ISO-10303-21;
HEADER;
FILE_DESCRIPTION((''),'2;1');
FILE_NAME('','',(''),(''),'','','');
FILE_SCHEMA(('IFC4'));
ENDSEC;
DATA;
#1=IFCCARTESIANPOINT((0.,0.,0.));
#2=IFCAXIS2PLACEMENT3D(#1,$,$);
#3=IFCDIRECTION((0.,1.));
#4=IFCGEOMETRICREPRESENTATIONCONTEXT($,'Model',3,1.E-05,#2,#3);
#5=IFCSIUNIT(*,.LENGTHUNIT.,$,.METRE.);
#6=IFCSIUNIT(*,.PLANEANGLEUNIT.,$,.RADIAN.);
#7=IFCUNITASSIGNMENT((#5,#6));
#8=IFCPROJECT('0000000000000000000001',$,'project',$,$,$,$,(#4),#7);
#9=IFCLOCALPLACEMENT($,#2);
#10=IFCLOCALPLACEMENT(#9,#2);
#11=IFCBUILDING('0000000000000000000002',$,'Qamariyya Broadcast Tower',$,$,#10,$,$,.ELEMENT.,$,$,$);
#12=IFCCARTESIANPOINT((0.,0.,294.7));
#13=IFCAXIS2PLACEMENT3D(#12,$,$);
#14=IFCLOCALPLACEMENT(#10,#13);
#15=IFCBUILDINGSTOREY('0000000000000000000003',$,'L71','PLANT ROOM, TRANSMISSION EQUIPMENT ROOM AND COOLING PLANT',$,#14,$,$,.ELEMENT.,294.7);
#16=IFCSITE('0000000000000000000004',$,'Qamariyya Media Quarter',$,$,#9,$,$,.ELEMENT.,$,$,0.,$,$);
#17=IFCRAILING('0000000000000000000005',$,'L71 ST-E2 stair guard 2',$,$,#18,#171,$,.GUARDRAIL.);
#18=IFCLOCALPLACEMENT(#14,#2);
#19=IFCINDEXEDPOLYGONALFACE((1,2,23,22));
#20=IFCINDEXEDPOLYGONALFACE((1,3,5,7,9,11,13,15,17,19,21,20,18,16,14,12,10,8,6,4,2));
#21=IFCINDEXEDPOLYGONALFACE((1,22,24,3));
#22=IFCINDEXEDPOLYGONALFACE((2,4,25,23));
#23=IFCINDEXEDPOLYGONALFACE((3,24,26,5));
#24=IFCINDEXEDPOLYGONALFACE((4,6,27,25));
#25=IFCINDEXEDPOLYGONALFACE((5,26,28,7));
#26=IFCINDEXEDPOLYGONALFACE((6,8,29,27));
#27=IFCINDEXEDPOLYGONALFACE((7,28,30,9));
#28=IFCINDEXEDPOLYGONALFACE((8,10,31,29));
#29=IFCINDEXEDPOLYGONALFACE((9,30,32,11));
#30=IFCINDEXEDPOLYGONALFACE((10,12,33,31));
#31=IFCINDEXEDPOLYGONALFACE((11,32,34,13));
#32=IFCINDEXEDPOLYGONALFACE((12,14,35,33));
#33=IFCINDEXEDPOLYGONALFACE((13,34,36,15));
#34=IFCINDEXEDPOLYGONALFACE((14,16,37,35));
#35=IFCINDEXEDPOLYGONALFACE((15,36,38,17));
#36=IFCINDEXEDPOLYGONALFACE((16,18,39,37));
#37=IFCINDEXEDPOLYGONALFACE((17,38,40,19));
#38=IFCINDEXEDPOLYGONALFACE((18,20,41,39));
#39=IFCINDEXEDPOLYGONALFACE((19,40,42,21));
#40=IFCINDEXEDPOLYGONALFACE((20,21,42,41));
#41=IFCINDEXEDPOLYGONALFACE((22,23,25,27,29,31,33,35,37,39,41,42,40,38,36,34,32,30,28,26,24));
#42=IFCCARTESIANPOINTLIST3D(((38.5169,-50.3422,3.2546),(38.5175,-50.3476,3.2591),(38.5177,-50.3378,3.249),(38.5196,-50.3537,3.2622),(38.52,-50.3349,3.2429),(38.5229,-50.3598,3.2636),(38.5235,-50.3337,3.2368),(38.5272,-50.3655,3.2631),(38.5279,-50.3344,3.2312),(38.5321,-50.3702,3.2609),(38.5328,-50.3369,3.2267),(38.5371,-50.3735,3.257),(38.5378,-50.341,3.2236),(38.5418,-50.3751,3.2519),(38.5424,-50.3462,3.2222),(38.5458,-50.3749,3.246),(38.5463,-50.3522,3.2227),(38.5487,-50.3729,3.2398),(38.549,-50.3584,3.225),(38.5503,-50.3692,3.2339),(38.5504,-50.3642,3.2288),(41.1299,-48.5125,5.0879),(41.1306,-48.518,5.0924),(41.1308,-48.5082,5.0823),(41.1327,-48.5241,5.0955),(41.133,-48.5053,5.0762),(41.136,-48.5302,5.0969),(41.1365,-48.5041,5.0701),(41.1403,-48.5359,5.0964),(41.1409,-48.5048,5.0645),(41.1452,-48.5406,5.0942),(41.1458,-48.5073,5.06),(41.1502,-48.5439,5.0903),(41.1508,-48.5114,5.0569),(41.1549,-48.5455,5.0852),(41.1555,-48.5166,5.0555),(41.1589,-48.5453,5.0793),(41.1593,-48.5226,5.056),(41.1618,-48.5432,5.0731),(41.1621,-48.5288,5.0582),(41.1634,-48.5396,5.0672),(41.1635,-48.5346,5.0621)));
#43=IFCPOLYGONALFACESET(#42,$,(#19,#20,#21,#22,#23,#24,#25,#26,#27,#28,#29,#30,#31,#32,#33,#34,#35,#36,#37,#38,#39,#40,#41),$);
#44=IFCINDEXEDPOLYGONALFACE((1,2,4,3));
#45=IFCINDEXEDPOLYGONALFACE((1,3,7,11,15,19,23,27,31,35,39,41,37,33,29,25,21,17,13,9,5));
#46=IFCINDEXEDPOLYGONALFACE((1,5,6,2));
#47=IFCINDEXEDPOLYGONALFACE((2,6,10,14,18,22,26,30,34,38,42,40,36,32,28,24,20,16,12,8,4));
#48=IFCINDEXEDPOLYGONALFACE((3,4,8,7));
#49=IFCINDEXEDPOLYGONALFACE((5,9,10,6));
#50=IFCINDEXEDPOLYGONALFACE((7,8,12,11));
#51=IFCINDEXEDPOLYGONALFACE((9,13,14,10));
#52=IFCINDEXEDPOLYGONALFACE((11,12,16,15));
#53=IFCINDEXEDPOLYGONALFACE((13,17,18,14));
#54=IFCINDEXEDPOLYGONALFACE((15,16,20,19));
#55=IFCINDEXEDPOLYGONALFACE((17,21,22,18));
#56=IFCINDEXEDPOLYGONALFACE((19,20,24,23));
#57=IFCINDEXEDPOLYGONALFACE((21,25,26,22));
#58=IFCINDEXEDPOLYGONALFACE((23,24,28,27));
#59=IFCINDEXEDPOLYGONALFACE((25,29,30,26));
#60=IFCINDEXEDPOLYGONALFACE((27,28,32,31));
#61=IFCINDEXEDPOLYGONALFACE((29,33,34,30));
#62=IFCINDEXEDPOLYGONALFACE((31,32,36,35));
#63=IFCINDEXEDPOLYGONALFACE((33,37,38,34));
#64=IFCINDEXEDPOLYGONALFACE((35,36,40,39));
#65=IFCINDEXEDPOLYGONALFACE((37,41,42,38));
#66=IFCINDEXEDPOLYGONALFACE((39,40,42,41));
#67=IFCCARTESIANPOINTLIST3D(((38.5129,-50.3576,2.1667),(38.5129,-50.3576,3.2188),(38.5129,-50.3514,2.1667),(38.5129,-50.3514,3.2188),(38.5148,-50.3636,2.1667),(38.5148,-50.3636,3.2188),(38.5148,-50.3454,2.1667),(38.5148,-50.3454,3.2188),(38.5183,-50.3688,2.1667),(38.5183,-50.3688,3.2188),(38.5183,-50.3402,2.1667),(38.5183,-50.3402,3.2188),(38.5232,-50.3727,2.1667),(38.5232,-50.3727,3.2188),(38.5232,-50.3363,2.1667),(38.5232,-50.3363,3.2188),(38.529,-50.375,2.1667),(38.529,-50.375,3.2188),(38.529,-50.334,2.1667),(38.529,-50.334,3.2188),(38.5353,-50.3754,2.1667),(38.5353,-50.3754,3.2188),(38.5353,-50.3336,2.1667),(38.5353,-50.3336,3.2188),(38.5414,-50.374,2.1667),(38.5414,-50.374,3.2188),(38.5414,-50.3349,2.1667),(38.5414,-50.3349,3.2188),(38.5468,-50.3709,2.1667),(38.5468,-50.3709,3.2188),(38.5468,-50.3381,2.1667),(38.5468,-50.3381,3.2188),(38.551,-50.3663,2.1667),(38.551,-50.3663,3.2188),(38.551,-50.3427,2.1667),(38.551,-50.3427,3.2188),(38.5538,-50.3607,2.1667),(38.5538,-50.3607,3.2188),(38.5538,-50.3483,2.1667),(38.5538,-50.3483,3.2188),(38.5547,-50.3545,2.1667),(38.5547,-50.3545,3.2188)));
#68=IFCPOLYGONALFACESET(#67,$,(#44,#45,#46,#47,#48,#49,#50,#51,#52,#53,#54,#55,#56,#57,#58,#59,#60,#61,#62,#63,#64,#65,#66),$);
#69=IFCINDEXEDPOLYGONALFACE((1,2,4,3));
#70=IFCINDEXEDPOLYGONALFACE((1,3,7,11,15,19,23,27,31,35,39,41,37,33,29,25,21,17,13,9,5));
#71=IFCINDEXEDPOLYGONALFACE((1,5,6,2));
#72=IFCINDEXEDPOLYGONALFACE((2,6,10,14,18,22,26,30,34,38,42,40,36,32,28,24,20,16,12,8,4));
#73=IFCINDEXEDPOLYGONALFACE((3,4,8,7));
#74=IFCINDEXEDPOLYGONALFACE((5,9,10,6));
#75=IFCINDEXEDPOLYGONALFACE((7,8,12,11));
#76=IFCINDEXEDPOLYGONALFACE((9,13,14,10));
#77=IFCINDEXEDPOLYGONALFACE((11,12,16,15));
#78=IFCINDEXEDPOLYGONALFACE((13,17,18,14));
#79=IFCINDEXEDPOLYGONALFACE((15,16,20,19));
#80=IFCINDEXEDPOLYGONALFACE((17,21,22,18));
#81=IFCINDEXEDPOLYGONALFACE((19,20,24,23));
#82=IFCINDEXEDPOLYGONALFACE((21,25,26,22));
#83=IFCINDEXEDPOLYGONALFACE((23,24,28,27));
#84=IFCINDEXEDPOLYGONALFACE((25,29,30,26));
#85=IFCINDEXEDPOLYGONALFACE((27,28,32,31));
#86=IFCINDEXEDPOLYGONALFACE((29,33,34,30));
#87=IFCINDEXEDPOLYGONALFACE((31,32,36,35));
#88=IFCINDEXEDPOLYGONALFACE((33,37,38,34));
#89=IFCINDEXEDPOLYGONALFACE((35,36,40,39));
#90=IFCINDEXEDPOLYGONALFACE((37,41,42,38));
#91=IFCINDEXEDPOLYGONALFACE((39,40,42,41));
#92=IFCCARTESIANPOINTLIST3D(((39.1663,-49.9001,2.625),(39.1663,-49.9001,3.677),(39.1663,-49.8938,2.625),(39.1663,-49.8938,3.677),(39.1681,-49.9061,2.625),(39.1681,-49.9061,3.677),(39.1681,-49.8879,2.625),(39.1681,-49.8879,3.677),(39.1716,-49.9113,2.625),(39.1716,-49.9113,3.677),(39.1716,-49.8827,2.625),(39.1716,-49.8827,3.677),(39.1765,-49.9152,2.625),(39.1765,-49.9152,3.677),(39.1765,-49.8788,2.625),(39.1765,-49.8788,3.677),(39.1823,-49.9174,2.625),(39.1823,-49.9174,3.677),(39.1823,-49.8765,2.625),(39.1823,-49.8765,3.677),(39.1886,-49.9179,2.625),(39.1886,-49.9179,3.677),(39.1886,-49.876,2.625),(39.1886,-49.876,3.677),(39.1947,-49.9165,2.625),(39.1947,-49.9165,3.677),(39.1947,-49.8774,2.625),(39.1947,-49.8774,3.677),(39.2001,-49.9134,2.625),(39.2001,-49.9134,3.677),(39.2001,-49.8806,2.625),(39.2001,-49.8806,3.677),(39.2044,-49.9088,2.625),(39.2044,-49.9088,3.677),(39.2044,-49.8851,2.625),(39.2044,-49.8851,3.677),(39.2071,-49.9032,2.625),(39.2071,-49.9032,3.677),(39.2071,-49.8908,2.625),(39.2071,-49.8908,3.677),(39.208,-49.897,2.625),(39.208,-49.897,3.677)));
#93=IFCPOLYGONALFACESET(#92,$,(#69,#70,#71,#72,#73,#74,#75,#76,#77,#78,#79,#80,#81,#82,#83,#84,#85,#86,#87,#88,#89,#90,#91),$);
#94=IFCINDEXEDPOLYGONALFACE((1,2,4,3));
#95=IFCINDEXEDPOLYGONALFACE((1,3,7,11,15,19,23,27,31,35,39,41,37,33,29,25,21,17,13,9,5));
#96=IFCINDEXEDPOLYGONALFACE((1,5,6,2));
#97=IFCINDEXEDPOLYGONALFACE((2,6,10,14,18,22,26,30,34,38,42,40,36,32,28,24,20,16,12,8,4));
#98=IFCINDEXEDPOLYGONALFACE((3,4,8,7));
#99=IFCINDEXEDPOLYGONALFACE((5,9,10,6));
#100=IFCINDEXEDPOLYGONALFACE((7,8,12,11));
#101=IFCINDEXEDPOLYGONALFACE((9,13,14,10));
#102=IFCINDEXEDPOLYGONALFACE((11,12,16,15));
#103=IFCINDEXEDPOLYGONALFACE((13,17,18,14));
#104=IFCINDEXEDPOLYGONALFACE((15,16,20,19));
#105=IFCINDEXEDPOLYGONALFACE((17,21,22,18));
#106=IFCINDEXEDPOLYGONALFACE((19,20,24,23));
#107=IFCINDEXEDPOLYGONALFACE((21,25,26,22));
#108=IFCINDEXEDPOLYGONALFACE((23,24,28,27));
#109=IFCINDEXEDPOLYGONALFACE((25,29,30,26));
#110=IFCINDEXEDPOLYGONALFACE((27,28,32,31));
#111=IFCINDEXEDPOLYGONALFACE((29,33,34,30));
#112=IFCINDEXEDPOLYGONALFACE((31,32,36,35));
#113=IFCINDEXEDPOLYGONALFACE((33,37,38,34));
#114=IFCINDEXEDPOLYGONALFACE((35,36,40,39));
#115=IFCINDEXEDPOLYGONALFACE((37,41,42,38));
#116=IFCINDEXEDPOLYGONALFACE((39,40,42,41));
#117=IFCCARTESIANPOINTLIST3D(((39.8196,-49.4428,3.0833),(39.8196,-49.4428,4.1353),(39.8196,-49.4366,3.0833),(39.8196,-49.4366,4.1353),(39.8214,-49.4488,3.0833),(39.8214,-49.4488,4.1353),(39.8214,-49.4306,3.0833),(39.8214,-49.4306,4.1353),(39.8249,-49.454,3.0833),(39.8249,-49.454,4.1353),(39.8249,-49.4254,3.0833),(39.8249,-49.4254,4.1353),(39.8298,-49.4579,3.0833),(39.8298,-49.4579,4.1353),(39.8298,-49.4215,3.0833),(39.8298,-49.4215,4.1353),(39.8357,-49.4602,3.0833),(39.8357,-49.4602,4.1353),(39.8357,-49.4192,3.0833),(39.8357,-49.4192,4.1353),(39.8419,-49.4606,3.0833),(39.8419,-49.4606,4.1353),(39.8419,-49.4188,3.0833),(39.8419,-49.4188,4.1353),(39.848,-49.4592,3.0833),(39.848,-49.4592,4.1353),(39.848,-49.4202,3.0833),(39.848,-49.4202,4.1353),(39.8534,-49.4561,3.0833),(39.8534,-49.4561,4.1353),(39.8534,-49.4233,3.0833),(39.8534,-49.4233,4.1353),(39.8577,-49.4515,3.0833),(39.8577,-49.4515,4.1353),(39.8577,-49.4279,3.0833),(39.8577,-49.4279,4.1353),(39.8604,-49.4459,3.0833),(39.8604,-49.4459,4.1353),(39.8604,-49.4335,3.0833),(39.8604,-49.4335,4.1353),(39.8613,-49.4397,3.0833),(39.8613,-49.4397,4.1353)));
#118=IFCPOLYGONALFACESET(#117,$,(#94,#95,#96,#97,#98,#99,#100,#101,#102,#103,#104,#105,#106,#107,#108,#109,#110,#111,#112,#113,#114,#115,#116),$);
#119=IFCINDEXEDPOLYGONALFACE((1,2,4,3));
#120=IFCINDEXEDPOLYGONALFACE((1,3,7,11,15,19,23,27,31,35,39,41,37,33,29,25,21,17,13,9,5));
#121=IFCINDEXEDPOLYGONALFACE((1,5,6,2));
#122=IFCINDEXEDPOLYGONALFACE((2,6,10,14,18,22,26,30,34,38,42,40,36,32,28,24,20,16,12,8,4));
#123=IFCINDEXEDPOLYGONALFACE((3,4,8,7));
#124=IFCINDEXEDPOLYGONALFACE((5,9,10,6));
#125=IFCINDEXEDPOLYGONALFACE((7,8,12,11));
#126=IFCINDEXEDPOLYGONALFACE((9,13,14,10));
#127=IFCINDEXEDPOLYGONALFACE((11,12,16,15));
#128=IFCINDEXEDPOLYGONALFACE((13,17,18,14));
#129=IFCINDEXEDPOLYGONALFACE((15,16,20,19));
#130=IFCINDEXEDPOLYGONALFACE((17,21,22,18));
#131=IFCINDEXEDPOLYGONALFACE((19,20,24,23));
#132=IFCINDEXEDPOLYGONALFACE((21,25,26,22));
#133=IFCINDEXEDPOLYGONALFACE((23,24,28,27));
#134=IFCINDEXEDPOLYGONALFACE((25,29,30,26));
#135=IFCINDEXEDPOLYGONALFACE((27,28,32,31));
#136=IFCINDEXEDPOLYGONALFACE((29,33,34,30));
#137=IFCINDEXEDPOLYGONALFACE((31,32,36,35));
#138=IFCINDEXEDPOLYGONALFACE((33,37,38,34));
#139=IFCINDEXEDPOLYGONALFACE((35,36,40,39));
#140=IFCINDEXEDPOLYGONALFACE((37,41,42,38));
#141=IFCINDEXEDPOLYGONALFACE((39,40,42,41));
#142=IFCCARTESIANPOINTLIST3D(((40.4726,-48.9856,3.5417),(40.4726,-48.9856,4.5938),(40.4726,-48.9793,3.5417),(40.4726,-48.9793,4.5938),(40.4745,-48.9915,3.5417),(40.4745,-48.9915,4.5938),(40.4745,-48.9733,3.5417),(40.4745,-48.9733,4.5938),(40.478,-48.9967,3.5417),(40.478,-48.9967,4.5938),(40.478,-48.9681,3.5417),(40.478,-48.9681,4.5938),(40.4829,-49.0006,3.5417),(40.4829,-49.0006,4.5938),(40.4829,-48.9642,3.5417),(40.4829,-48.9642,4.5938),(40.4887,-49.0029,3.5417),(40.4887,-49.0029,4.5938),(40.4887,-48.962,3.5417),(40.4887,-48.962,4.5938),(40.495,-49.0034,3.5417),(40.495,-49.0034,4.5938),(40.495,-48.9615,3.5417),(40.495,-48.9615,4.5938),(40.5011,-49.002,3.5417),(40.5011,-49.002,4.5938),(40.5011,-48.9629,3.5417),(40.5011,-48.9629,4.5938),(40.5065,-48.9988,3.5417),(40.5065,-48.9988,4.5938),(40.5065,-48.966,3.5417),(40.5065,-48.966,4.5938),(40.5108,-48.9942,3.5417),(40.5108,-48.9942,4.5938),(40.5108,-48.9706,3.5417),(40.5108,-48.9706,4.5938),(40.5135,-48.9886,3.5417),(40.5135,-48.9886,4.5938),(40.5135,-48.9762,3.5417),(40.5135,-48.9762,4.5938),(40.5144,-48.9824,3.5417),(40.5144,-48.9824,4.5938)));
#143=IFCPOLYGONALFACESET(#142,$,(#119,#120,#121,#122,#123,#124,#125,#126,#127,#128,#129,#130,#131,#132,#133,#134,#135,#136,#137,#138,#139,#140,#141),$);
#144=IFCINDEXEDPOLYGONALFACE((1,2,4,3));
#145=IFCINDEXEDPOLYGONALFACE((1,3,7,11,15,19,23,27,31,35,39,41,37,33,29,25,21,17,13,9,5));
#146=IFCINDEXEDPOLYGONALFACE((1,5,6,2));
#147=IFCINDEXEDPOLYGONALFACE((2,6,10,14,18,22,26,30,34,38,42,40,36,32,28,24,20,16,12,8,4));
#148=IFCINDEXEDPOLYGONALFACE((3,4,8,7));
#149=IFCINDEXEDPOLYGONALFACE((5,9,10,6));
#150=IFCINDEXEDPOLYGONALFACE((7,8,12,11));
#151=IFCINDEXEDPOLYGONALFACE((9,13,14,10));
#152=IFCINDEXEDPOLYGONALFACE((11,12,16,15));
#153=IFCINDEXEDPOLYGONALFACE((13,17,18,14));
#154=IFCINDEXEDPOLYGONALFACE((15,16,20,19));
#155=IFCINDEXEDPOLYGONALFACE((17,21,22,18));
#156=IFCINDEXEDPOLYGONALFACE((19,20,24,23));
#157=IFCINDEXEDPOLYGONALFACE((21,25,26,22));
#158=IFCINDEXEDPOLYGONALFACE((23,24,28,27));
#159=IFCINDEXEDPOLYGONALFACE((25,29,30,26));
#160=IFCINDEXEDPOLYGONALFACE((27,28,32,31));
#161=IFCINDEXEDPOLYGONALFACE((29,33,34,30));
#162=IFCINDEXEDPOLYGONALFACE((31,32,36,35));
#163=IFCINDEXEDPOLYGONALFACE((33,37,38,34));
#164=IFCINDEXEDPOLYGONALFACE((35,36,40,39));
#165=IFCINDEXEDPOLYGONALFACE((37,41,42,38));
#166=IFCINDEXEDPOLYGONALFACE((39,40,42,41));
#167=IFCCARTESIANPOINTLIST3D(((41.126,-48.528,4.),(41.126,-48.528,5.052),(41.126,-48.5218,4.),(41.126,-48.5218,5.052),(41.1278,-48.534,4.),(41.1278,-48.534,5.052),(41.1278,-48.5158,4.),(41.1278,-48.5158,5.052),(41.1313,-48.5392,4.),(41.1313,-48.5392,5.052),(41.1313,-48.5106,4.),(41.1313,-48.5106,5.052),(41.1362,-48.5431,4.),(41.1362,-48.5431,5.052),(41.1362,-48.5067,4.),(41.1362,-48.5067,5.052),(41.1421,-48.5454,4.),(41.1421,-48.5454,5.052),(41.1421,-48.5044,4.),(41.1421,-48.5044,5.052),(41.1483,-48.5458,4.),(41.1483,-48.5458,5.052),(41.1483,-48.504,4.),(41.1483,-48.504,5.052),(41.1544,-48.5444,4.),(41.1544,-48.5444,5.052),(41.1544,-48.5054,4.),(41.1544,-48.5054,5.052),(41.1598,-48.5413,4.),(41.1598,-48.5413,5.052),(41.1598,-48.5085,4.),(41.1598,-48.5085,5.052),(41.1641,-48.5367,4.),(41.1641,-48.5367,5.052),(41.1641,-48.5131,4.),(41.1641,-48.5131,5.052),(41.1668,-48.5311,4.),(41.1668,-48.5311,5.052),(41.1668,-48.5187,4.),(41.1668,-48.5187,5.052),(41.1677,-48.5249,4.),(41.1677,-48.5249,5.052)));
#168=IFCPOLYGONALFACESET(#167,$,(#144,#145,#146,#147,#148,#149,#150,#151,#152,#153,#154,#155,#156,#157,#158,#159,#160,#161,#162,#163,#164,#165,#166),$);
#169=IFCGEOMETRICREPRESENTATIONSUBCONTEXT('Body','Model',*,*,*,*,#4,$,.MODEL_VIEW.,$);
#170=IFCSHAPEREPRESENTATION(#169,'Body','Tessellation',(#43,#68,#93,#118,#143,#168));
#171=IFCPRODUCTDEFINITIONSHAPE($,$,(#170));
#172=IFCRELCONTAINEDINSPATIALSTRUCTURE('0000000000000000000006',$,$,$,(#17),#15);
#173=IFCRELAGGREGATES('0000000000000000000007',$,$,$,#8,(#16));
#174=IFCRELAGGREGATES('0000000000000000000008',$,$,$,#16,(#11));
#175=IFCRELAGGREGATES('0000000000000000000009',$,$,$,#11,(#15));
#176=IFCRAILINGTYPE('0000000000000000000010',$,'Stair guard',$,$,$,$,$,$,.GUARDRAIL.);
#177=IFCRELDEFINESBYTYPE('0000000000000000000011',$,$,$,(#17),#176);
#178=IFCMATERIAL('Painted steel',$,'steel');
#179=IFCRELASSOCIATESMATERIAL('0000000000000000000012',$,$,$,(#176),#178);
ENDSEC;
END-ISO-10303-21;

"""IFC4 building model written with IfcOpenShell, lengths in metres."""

from ifc_helpers import new_model, si_unit, direction, frame, origin, origin_2d, place, context, subcontext, project, spatial, circle, extrude, material, type_object, element, save


model = new_model("IFC4")

# Units and contexts
model_context = context("Model", 3, precision=1e-05, world=origin(), true_north=direction((0.0, 1.0)))
body_context = subcontext(model_context, "Body", "Model", "MODEL_VIEW")
ifc_project = project(units=[si_unit("LENGTHUNIT", "METRE"), si_unit("PLANEANGLEUNIT", "RADIAN")], contexts=[model_context])

# Site, building, storey
site_placement = place(None, origin())
site = spatial("IfcSite", under=ifc_project, at=site_placement, Name="Qamariyya Media Quarter", CompositionType="ELEMENT", RefElevation=0.0)
building_placement = place(site_placement, origin())
building = spatial("IfcBuilding", under=site, at=building_placement, Name="Qamariyya Broadcast Tower", CompositionType="ELEMENT")
storey_placement = place(building_placement, frame((0.0, 0.0, 294.7)))
storey = spatial("IfcBuildingStorey", under=building, at=storey_placement, Name="L71", Description="PLANT ROOM, TRANSMISSION EQUIPMENT ROOM AND COOLING PLANT", CompositionType="ELEMENT", Elevation=294.7)

# Railing
ifc_material_1 = material(Name="Painted steel", Category="steel")
railing_type = type_object("IfcRailingType", Name="Stair guard", PredefinedType="GUARDRAIL", material=ifc_material_1)
railing_placement = place(storey_placement, frame((38.5337, -50.3545, 2.1667)))
element("IfcRailing", 1, at=railing_placement, inside=storey, type_object=railing_type, Name="L71 ST-E2 stair guard 2", PredefinedType="GUARDRAIL", context=body_context, shape_type="SweptSolid", body=[
    extrude(circle(Radius=0.0239, at=origin_2d()), frame((0.0, 0.0, 1.0762), z_axis=(0.710228, 0.497285, 0.498281), x_axis=(-0.57356, 0.819164, 0.0)), (0.0, 0.0, 1.0), 3.6792),
    extrude(circle(Radius=0.021, at=origin_2d()), origin(), (0.0, 0.0, 1.0), 1.052),
    extrude(circle(Radius=0.021, at=origin_2d()), frame((0.6533, 0.4575, 0.4583)), (0.0, 0.0, 1.0), 1.052),
    extrude(circle(Radius=0.021, at=origin_2d()), frame((1.3066, 0.9148, 0.9165)), (0.0, 0.0, 1.0), 1.052),
    extrude(circle(Radius=0.021, at=origin_2d()), frame((1.9597, 1.3721, 1.375)), (0.0, 0.0, 1.0), 1.052),
    extrude(circle(Radius=0.021, at=origin_2d()), frame((2.613, 1.8296, 1.8333)), (0.0, 0.0, 1.0), 1.052),
])

save(model, "model.ifc")
